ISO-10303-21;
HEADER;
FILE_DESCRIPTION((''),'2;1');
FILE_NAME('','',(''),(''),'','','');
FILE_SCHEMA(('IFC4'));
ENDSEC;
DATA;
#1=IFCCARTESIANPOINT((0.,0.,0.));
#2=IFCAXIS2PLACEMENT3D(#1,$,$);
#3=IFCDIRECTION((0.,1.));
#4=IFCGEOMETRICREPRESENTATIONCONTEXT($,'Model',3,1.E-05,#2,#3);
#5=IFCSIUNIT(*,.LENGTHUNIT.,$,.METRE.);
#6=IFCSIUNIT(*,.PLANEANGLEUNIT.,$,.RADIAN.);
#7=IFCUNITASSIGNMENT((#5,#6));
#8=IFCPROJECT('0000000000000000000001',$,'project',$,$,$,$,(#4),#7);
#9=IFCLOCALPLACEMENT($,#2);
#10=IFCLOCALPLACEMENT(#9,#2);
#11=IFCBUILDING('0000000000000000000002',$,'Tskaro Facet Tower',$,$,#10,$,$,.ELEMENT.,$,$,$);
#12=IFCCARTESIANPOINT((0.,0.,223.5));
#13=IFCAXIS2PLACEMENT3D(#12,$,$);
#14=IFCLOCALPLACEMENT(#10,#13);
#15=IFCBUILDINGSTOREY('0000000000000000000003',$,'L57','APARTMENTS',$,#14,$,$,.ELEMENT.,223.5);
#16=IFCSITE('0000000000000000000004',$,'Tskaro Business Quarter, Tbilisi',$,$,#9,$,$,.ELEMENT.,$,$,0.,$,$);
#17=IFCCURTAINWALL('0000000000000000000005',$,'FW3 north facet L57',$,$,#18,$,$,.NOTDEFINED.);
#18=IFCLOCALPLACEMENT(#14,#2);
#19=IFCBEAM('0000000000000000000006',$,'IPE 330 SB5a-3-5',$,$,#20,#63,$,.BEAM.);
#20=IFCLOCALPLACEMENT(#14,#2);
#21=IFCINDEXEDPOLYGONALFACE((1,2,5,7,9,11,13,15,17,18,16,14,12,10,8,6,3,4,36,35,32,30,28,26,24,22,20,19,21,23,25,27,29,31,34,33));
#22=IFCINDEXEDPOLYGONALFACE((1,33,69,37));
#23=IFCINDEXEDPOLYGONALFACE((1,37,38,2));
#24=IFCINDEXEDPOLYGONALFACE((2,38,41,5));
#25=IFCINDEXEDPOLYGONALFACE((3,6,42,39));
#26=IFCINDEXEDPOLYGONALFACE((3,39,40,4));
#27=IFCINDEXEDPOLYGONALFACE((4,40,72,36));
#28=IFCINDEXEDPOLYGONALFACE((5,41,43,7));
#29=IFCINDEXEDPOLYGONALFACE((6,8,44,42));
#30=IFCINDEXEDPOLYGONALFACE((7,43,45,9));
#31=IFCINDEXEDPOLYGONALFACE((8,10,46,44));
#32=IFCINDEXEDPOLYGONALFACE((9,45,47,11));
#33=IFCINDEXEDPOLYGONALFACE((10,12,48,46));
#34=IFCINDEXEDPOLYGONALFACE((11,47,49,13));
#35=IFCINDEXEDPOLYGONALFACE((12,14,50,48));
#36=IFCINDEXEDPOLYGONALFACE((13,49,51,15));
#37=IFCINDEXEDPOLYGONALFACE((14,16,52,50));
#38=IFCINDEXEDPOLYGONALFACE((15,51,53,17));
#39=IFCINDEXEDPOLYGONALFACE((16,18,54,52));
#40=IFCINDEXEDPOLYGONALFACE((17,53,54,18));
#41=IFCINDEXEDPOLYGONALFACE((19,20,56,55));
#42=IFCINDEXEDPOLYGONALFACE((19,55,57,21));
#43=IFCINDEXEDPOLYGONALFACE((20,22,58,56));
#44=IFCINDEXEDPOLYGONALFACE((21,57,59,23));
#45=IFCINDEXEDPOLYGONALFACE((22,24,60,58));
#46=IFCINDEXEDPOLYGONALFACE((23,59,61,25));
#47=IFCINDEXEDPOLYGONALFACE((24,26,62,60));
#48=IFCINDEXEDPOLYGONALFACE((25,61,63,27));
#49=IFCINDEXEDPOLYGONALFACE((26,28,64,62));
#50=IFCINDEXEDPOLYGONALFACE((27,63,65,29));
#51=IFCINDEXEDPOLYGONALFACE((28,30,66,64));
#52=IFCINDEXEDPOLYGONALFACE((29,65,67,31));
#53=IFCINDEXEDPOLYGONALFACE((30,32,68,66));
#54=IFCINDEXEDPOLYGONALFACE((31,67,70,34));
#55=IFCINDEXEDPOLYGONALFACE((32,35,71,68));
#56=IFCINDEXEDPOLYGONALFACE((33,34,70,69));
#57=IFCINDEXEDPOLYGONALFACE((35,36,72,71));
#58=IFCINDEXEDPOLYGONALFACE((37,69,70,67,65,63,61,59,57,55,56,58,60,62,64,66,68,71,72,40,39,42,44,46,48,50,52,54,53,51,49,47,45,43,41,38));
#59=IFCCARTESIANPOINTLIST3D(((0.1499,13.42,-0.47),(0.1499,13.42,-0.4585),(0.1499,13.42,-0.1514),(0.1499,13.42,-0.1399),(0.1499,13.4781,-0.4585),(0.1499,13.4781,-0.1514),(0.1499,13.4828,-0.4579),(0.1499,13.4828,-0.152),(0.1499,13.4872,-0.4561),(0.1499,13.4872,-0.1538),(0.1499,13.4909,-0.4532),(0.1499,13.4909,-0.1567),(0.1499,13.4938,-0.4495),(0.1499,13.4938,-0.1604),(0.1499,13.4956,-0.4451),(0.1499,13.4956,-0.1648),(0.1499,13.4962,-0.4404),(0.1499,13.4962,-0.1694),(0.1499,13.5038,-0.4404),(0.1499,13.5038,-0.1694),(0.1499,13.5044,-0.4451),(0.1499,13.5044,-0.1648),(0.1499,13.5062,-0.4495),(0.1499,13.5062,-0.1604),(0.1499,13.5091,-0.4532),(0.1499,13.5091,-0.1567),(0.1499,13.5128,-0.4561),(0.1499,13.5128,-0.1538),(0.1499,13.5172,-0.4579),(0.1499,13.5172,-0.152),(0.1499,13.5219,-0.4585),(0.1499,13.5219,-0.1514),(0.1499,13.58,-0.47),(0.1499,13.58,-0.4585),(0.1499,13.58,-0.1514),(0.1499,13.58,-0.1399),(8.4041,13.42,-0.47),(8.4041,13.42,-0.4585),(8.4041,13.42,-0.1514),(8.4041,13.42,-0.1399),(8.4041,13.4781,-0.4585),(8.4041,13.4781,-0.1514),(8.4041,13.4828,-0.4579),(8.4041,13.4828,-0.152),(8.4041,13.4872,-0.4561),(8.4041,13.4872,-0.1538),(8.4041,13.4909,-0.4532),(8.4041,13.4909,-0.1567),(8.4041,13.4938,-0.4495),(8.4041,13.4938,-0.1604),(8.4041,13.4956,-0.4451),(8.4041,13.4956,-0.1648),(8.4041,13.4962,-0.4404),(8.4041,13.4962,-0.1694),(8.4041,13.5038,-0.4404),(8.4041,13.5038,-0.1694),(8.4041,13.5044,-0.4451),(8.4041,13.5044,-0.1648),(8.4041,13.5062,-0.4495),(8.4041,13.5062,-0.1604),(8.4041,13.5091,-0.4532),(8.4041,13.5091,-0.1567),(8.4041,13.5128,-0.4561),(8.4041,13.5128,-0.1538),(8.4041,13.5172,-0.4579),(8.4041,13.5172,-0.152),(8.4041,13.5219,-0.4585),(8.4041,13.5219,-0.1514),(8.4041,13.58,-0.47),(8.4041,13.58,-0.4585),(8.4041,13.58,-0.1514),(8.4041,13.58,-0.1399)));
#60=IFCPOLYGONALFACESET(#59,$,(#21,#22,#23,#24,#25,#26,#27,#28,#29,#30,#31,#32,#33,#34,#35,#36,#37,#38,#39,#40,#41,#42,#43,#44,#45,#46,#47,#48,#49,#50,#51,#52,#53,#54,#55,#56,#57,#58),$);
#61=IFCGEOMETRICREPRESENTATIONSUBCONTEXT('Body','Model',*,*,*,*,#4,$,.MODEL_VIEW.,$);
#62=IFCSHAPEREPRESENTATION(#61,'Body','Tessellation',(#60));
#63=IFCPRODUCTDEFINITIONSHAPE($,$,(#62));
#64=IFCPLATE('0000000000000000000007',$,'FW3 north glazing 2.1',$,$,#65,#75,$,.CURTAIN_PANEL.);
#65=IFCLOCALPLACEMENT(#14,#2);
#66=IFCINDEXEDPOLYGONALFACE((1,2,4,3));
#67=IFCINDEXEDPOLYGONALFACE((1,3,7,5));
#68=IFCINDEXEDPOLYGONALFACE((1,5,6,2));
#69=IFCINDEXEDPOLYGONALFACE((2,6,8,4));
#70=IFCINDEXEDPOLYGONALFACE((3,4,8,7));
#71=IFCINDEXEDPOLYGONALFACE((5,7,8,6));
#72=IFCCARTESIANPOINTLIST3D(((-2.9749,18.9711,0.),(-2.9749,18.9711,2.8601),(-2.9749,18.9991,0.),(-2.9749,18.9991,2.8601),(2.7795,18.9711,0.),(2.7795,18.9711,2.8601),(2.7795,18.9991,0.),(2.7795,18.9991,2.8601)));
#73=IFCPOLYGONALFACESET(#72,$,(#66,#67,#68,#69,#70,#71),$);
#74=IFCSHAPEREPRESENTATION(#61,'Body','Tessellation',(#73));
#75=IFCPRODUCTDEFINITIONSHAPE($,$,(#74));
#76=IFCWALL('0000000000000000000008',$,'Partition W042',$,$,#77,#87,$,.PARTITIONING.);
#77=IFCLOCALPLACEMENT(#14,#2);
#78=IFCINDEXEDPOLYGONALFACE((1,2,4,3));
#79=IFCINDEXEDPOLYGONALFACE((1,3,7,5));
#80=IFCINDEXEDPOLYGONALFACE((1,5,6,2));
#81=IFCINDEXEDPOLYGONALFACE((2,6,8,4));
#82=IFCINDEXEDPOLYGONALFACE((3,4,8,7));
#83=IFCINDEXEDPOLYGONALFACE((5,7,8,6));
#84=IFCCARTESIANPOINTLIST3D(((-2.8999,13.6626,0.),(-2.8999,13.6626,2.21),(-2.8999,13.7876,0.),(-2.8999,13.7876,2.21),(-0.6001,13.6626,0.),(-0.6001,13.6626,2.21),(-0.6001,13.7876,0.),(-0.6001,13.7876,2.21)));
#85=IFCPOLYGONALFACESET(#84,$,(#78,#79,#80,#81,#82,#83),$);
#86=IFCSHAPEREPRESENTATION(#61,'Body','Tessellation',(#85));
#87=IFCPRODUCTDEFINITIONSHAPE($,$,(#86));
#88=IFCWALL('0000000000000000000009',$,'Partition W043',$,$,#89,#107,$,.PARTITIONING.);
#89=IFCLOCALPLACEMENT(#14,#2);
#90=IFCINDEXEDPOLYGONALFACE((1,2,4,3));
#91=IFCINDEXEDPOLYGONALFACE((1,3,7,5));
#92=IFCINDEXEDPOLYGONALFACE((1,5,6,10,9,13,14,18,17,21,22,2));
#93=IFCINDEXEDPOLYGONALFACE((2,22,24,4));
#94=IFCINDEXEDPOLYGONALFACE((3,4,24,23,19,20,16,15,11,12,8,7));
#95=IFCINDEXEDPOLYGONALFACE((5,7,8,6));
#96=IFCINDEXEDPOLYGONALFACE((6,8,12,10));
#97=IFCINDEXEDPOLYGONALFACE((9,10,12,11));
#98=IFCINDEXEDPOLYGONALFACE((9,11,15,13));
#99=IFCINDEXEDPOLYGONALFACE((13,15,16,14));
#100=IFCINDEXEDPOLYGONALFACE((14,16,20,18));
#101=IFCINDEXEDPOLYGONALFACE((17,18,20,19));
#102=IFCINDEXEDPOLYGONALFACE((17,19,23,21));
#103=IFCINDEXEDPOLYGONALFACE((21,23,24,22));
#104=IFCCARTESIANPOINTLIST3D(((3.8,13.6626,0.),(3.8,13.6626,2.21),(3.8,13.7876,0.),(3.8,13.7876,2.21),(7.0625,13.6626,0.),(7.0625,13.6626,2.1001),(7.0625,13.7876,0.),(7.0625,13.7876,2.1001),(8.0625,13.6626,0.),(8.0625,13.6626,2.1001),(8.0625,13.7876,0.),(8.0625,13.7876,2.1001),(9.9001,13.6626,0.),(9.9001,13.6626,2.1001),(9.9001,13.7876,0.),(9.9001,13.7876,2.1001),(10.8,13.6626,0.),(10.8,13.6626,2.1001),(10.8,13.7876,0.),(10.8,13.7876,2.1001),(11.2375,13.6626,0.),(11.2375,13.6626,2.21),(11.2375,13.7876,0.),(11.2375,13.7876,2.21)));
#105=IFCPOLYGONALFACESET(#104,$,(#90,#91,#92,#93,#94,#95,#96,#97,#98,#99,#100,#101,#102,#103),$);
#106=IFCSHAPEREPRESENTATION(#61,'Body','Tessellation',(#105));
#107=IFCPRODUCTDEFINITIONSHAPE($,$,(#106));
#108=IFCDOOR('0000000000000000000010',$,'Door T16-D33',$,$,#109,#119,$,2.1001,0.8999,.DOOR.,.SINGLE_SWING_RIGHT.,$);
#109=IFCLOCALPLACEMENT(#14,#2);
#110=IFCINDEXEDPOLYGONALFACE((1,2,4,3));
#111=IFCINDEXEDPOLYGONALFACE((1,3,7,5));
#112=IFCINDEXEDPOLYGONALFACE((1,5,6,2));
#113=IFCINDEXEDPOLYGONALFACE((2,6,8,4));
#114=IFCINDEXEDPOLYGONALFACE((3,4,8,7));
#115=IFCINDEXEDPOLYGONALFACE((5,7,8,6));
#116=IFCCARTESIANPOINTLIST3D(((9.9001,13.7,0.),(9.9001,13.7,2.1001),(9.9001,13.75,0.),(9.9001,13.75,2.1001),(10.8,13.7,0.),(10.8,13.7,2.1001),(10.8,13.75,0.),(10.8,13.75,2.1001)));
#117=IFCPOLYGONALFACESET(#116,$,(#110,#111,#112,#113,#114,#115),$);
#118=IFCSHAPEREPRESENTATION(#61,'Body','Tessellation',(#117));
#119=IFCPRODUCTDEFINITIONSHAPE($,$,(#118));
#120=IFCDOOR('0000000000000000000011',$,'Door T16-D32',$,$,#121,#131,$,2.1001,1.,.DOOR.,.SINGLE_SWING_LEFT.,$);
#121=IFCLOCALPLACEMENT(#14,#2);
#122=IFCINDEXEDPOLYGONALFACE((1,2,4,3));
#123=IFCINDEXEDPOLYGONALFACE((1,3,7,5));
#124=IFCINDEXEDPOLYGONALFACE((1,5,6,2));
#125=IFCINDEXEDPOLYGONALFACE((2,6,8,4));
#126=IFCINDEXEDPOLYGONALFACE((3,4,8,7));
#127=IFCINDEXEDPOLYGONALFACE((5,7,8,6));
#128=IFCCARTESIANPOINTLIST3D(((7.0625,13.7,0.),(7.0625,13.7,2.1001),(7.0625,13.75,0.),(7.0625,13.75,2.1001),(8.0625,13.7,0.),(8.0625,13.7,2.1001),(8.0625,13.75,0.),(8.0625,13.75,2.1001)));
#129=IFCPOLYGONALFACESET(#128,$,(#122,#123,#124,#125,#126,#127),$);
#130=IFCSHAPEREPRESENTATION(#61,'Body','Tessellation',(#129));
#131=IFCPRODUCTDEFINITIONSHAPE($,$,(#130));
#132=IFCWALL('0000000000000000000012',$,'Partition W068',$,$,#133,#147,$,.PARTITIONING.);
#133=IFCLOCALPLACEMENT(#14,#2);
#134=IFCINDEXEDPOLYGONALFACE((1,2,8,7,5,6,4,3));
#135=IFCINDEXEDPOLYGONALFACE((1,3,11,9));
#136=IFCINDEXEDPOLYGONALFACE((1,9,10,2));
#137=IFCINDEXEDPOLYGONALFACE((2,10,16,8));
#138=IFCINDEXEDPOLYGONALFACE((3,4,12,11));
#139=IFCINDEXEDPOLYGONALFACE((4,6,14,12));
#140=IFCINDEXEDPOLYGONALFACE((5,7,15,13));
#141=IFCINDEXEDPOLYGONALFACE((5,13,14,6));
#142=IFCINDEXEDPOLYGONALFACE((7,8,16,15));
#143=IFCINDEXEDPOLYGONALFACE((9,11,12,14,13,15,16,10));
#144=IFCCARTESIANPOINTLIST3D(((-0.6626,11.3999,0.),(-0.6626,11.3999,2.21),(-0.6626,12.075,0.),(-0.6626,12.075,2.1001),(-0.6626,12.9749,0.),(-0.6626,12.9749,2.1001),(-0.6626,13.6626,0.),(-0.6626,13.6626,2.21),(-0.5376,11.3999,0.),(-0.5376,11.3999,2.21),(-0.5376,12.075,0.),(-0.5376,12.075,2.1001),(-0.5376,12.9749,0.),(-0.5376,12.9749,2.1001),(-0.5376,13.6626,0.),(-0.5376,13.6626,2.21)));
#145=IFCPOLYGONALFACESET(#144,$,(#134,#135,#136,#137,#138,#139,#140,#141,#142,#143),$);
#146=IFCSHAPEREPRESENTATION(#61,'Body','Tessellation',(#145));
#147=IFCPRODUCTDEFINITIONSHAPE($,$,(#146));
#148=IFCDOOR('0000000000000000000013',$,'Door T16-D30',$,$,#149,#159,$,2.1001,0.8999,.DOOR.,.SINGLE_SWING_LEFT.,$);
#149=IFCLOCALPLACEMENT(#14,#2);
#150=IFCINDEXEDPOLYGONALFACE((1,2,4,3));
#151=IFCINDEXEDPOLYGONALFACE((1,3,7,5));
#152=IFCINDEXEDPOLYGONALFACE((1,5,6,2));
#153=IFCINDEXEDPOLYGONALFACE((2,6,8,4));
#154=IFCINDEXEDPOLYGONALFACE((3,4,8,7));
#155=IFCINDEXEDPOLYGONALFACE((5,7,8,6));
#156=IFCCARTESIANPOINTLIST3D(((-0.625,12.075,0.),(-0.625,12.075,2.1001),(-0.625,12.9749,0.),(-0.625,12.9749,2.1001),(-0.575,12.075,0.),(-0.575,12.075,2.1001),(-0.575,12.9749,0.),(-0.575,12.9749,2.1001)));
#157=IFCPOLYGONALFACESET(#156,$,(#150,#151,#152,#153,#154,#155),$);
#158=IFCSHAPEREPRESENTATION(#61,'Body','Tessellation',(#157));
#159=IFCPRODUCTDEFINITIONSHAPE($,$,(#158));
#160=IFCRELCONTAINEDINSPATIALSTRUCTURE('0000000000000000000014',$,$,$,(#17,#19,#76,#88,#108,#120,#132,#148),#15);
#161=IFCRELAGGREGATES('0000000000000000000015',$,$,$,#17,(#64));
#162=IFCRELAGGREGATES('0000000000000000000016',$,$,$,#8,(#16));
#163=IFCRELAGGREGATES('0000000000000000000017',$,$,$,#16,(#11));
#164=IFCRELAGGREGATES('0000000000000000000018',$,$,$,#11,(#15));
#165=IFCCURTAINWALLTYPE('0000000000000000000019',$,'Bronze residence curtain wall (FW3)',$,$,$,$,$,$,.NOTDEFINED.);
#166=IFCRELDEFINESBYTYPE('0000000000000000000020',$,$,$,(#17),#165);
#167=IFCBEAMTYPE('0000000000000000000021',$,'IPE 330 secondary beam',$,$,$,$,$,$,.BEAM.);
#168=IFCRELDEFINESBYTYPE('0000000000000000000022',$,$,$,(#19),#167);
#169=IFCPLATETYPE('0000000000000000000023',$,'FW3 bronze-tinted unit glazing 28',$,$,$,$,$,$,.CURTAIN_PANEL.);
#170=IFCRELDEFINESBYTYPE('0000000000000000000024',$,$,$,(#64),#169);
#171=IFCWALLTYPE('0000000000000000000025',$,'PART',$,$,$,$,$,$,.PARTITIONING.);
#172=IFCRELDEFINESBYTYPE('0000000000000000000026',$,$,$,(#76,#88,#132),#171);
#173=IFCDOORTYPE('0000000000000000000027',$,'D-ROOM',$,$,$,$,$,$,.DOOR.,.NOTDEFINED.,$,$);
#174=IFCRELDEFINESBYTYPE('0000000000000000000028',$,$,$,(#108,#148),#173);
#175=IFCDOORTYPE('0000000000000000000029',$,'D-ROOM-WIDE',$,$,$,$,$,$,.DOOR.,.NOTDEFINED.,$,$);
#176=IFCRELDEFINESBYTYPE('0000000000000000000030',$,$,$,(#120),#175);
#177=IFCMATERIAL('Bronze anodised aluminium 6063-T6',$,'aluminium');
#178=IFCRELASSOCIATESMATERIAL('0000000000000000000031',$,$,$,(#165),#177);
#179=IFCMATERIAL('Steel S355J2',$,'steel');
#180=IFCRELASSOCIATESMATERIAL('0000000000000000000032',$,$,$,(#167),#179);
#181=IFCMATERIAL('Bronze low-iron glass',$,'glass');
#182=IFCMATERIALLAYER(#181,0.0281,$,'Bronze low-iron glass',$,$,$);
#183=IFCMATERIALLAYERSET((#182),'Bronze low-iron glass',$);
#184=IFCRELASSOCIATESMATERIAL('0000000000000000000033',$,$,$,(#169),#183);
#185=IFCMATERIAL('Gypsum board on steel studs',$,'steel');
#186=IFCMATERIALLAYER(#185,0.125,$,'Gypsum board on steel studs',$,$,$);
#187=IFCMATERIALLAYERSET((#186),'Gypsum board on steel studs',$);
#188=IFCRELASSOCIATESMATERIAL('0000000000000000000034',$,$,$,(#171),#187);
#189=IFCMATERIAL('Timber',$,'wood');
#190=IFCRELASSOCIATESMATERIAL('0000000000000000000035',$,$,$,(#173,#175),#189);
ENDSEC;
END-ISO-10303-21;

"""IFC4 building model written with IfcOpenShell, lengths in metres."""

from ifc_helpers import new_model, si_unit, direction, frame, frame_2d, origin, origin_2d, place, context, subcontext, project, spatial, rectangle, i_section, extrude, material, layer, layer_set, material_profile, profile_set, type_object, element, fill, aggregate, save


model = new_model("IFC4")

# Units and contexts
model_context = context("Model", 3, precision=1e-05, world=origin(), true_north=direction((0.0, 1.0)))
body_context = subcontext(model_context, "Body", "Model", "MODEL_VIEW")
ifc_project = project(units=[si_unit("LENGTHUNIT", "METRE"), si_unit("PLANEANGLEUNIT", "RADIAN")], contexts=[model_context])

# Site, building, storey
site_placement = place(None, origin())
site = spatial("IfcSite", under=ifc_project, at=site_placement, Name="Tskaro Business Quarter, Tbilisi", CompositionType="ELEMENT", RefElevation=0.0)
building_placement = place(site_placement, origin())
building = spatial("IfcBuilding", under=site, at=building_placement, Name="Tskaro Facet Tower", CompositionType="ELEMENT")
storey_placement = place(building_placement, frame((0.0, 0.0, 223.5)))
storey = spatial("IfcBuildingStorey", under=building, at=storey_placement, Name="L57", Description="APARTMENTS", CompositionType="ELEMENT", Elevation=223.5)

# Shared definitions
ifc_material_1 = material(Name="Steel S355J2", Category="steel")

# Curtain wall
ifc_material_2 = material(Name="Bronze anodised aluminium 6063-T6", Category="aluminium")
curtain_wall_type = type_object("IfcCurtainWallType", Name="Bronze residence curtain wall (FW3)", PredefinedType="NOTDEFINED", material=ifc_material_2)
curtain_wall_placement = place(storey_placement, origin())
curtain_wall = element("IfcCurtainWall", 1, at=curtain_wall_placement, inside=storey, type_object=curtain_wall_type, Name="FW3 north facet L57", PredefinedType="NOTDEFINED")

# Beam
ifc_material_profile_1 = material_profile(ifc_material_1, i_section(OverallWidth=0.1599, OverallDepth=0.3301, WebThickness=0.0076, FlangeThickness=0.0115, FilletRadius=0.0181, at=origin_2d()), Name="IPE 330")
ifc_profile_set_1 = profile_set([ifc_material_profile_1], Name="Steel S355J2")
beam_type_1 = type_object("IfcBeamType", Name="IPE 330 secondary beam", PredefinedType="BEAM", material=ifc_profile_set_1)
beam_1_placement = place(storey_placement, frame((0.1499, 13.5, -0.3049), z_axis=(1.0, 0.0, 0.0), x_axis=(0.0, 1.0, 0.0)))
element("IfcBeam", 2, at=beam_1_placement, inside=storey, type_object=beam_type_1, Name="IPE 330 SB5a-3-5", PredefinedType="BEAM", context=body_context, shape_type="SweptSolid", body=[
    extrude(i_section(OverallWidth=0.1599, OverallDepth=0.3301, WebThickness=0.0076, FlangeThickness=0.0115, FilletRadius=0.0181, at=origin_2d()), origin(), (0.0, 0.0, 1.0), 8.2542),
])

# Plate
ifc_material_3 = material(Name="Bronze low-iron glass", Category="glass")
ifc_layer_1 = layer(ifc_material_3, 0.0281, Name="Bronze low-iron glass")
ifc_layer_set_1 = layer_set([ifc_layer_1], Name="Bronze low-iron glass")
plate_type = type_object("IfcPlateType", Name="FW3 bronze-tinted unit glazing 28", PredefinedType="CURTAIN_PANEL", material=ifc_layer_set_1)
plate_placement = place(storey_placement, frame((-0.0977, 18.9851, 0.0), z_axis=(0.0, 0.0, 1.0), x_axis=(-1.0, 0.0, 0.0)))
plate = element("IfcPlate", 3, at=plate_placement, type_object=plate_type, Name="FW3 north glazing 2.1", PredefinedType="CURTAIN_PANEL", context=body_context, shape_type="SweptSolid", body=[
    extrude(rectangle(XDim=5.7544, YDim=0.0281, at=origin_2d()), origin(), (0.0, 0.0, 1.0), 2.8601),
])
aggregate(curtain_wall, [plate])

# Wall
ifc_material_4 = material(Name="Gypsum board on steel studs", Category="steel")
ifc_layer_2 = layer(ifc_material_4, 0.125, Name="Gypsum board on steel studs")
ifc_layer_set_2 = layer_set([ifc_layer_2], Name="Gypsum board on steel studs")
wall_type_1 = type_object("IfcWallType", Name="PART", PredefinedType="PARTITIONING", material=ifc_layer_set_2)
wall_1_placement = place(storey_placement, frame((-2.8999, 13.7251, 0.0), z_axis=(0.0, 0.0, 1.0), x_axis=(1.0, 0.0, 0.0)))
element("IfcWall", 4, at=wall_1_placement, inside=storey, type_object=wall_type_1, Name="Partition W042", PredefinedType="PARTITIONING", context=body_context, shape_type="SweptSolid", body=[
    extrude(rectangle(XDim=2.2998, YDim=0.125, at=frame_2d((1.1499, 0.0))), origin(), (0.0, 0.0, 1.0), 2.21),
])

# Wall, openings, doors
wall_2_placement = place(storey_placement, frame((3.8, 13.7251, 0.0), z_axis=(0.0, 0.0, 1.0), x_axis=(1.0, 0.0, 0.0)))
wall_2 = element("IfcWall", 5, at=wall_2_placement, inside=storey, type_object=wall_type_1, Name="Partition W043", PredefinedType="PARTITIONING", context=body_context, shape_type="SweptSolid", body=[
    extrude(rectangle(XDim=7.4375, YDim=0.125, at=frame_2d((3.7188, 0.0))), origin(), (0.0, 0.0, 1.0), 2.21),
])
opening_1_placement = place(wall_2_placement, frame((3.2625, 0.0, 0.0)))
opening_1 = element("IfcOpeningElement", 6, at=opening_1_placement, cuts=wall_2, PredefinedType="OPENING", context=body_context, shape_type="SweptSolid", body=[
    extrude(rectangle(XDim=1.0, YDim=2.1001, at=frame_2d((0.5, 1.05))), frame((0.0, 0.0725, 0.0), z_axis=(0.0, -1.0, 0.0), x_axis=(1.0, 0.0, 0.0)), (0.0, 0.0, 1.0), 0.145),
])
opening_2_placement = place(wall_2_placement, frame((6.1001, 0.0, 0.0)))
opening_2 = element("IfcOpeningElement", 7, at=opening_2_placement, cuts=wall_2, PredefinedType="OPENING", context=body_context, shape_type="SweptSolid", body=[
    extrude(rectangle(XDim=0.8999, YDim=2.1001, at=frame_2d((0.45, 1.05))), frame((0.0, 0.0725, 0.0), z_axis=(0.0, -1.0, 0.0), x_axis=(1.0, 0.0, 0.0)), (0.0, 0.0, 1.0), 0.145),
])
ifc_material_5 = material(Name="Timber", Category="wood")
door_type_1 = type_object("IfcDoorType", Name="D-ROOM", OperationType="NOTDEFINED", PredefinedType="DOOR", material=ifc_material_5)
door_1_placement = place(opening_2_placement, origin())
door_1 = element("IfcDoor", 8, at=door_1_placement, inside=storey, type_object=door_type_1, Name="Door T16-D33", OperationType="SINGLE_SWING_RIGHT", OverallHeight=2.1001, OverallWidth=0.8999, PredefinedType="DOOR", context=body_context, shape_type="SweptSolid", body=[
    extrude(rectangle(XDim=0.8999, YDim=2.1001, at=frame_2d((0.45, 1.05))), frame((0.0, 0.0249, 0.0), z_axis=(0.0, -1.0, 0.0), x_axis=(1.0, 0.0, 0.0)), (0.0, 0.0, 1.0), 0.05),
])
fill(opening_2, door_1)
door_type_2 = type_object("IfcDoorType", Name="D-ROOM-WIDE", OperationType="NOTDEFINED", PredefinedType="DOOR", material=ifc_material_5)
door_2_placement = place(opening_1_placement, origin())
door_2 = element("IfcDoor", 9, at=door_2_placement, inside=storey, type_object=door_type_2, Name="Door T16-D32", OperationType="SINGLE_SWING_LEFT", OverallHeight=2.1001, OverallWidth=1.0, PredefinedType="DOOR", context=body_context, shape_type="SweptSolid", body=[
    extrude(rectangle(XDim=1.0, YDim=2.1001, at=frame_2d((0.5, 1.05))), frame((0.0, 0.0249, 0.0), z_axis=(0.0, -1.0, 0.0), x_axis=(1.0, 0.0, 0.0)), (0.0, 0.0, 1.0), 0.05),
])
fill(opening_1, door_2)

# Wall, opening, door
wall_3_placement = place(storey_placement, frame((-0.6001, 11.3999, 0.0), z_axis=(0.0, 0.0, 1.0), x_axis=(0.0, 1.0, 0.0)))
wall_3 = element("IfcWall", 10, at=wall_3_placement, inside=storey, type_object=wall_type_1, Name="Partition W068", PredefinedType="PARTITIONING", context=body_context, shape_type="SweptSolid", body=[
    extrude(rectangle(XDim=2.2627, YDim=0.125, at=frame_2d((1.1313, 0.0))), origin(), (0.0, 0.0, 1.0), 2.21),
])
opening_3_placement = place(wall_3_placement, frame((0.675, 0.0, 0.0)))
opening_3 = element("IfcOpeningElement", 11, at=opening_3_placement, cuts=wall_3, PredefinedType="OPENING", context=body_context, shape_type="SweptSolid", body=[
    extrude(rectangle(XDim=0.8999, YDim=2.1001, at=frame_2d((0.45, 1.05))), frame((0.0, 0.0725, 0.0), z_axis=(0.0, -1.0, 0.0), x_axis=(1.0, 0.0, 0.0)), (0.0, 0.0, 1.0), 0.145),
])
door_3_placement = place(opening_3_placement, origin())
door_3 = element("IfcDoor", 12, at=door_3_placement, inside=storey, type_object=door_type_1, Name="Door T16-D30", OperationType="SINGLE_SWING_LEFT", OverallHeight=2.1001, OverallWidth=0.8999, PredefinedType="DOOR", context=body_context, shape_type="SweptSolid", body=[
    extrude(rectangle(XDim=0.8999, YDim=2.1001, at=frame_2d((0.45, 1.05))), frame((0.0, 0.0249, 0.0), z_axis=(0.0, -1.0, 0.0), x_axis=(1.0, 0.0, 0.0)), (0.0, 0.0, 1.0), 0.05),
])
fill(opening_3, door_3)

save(model, "model.ifc")
